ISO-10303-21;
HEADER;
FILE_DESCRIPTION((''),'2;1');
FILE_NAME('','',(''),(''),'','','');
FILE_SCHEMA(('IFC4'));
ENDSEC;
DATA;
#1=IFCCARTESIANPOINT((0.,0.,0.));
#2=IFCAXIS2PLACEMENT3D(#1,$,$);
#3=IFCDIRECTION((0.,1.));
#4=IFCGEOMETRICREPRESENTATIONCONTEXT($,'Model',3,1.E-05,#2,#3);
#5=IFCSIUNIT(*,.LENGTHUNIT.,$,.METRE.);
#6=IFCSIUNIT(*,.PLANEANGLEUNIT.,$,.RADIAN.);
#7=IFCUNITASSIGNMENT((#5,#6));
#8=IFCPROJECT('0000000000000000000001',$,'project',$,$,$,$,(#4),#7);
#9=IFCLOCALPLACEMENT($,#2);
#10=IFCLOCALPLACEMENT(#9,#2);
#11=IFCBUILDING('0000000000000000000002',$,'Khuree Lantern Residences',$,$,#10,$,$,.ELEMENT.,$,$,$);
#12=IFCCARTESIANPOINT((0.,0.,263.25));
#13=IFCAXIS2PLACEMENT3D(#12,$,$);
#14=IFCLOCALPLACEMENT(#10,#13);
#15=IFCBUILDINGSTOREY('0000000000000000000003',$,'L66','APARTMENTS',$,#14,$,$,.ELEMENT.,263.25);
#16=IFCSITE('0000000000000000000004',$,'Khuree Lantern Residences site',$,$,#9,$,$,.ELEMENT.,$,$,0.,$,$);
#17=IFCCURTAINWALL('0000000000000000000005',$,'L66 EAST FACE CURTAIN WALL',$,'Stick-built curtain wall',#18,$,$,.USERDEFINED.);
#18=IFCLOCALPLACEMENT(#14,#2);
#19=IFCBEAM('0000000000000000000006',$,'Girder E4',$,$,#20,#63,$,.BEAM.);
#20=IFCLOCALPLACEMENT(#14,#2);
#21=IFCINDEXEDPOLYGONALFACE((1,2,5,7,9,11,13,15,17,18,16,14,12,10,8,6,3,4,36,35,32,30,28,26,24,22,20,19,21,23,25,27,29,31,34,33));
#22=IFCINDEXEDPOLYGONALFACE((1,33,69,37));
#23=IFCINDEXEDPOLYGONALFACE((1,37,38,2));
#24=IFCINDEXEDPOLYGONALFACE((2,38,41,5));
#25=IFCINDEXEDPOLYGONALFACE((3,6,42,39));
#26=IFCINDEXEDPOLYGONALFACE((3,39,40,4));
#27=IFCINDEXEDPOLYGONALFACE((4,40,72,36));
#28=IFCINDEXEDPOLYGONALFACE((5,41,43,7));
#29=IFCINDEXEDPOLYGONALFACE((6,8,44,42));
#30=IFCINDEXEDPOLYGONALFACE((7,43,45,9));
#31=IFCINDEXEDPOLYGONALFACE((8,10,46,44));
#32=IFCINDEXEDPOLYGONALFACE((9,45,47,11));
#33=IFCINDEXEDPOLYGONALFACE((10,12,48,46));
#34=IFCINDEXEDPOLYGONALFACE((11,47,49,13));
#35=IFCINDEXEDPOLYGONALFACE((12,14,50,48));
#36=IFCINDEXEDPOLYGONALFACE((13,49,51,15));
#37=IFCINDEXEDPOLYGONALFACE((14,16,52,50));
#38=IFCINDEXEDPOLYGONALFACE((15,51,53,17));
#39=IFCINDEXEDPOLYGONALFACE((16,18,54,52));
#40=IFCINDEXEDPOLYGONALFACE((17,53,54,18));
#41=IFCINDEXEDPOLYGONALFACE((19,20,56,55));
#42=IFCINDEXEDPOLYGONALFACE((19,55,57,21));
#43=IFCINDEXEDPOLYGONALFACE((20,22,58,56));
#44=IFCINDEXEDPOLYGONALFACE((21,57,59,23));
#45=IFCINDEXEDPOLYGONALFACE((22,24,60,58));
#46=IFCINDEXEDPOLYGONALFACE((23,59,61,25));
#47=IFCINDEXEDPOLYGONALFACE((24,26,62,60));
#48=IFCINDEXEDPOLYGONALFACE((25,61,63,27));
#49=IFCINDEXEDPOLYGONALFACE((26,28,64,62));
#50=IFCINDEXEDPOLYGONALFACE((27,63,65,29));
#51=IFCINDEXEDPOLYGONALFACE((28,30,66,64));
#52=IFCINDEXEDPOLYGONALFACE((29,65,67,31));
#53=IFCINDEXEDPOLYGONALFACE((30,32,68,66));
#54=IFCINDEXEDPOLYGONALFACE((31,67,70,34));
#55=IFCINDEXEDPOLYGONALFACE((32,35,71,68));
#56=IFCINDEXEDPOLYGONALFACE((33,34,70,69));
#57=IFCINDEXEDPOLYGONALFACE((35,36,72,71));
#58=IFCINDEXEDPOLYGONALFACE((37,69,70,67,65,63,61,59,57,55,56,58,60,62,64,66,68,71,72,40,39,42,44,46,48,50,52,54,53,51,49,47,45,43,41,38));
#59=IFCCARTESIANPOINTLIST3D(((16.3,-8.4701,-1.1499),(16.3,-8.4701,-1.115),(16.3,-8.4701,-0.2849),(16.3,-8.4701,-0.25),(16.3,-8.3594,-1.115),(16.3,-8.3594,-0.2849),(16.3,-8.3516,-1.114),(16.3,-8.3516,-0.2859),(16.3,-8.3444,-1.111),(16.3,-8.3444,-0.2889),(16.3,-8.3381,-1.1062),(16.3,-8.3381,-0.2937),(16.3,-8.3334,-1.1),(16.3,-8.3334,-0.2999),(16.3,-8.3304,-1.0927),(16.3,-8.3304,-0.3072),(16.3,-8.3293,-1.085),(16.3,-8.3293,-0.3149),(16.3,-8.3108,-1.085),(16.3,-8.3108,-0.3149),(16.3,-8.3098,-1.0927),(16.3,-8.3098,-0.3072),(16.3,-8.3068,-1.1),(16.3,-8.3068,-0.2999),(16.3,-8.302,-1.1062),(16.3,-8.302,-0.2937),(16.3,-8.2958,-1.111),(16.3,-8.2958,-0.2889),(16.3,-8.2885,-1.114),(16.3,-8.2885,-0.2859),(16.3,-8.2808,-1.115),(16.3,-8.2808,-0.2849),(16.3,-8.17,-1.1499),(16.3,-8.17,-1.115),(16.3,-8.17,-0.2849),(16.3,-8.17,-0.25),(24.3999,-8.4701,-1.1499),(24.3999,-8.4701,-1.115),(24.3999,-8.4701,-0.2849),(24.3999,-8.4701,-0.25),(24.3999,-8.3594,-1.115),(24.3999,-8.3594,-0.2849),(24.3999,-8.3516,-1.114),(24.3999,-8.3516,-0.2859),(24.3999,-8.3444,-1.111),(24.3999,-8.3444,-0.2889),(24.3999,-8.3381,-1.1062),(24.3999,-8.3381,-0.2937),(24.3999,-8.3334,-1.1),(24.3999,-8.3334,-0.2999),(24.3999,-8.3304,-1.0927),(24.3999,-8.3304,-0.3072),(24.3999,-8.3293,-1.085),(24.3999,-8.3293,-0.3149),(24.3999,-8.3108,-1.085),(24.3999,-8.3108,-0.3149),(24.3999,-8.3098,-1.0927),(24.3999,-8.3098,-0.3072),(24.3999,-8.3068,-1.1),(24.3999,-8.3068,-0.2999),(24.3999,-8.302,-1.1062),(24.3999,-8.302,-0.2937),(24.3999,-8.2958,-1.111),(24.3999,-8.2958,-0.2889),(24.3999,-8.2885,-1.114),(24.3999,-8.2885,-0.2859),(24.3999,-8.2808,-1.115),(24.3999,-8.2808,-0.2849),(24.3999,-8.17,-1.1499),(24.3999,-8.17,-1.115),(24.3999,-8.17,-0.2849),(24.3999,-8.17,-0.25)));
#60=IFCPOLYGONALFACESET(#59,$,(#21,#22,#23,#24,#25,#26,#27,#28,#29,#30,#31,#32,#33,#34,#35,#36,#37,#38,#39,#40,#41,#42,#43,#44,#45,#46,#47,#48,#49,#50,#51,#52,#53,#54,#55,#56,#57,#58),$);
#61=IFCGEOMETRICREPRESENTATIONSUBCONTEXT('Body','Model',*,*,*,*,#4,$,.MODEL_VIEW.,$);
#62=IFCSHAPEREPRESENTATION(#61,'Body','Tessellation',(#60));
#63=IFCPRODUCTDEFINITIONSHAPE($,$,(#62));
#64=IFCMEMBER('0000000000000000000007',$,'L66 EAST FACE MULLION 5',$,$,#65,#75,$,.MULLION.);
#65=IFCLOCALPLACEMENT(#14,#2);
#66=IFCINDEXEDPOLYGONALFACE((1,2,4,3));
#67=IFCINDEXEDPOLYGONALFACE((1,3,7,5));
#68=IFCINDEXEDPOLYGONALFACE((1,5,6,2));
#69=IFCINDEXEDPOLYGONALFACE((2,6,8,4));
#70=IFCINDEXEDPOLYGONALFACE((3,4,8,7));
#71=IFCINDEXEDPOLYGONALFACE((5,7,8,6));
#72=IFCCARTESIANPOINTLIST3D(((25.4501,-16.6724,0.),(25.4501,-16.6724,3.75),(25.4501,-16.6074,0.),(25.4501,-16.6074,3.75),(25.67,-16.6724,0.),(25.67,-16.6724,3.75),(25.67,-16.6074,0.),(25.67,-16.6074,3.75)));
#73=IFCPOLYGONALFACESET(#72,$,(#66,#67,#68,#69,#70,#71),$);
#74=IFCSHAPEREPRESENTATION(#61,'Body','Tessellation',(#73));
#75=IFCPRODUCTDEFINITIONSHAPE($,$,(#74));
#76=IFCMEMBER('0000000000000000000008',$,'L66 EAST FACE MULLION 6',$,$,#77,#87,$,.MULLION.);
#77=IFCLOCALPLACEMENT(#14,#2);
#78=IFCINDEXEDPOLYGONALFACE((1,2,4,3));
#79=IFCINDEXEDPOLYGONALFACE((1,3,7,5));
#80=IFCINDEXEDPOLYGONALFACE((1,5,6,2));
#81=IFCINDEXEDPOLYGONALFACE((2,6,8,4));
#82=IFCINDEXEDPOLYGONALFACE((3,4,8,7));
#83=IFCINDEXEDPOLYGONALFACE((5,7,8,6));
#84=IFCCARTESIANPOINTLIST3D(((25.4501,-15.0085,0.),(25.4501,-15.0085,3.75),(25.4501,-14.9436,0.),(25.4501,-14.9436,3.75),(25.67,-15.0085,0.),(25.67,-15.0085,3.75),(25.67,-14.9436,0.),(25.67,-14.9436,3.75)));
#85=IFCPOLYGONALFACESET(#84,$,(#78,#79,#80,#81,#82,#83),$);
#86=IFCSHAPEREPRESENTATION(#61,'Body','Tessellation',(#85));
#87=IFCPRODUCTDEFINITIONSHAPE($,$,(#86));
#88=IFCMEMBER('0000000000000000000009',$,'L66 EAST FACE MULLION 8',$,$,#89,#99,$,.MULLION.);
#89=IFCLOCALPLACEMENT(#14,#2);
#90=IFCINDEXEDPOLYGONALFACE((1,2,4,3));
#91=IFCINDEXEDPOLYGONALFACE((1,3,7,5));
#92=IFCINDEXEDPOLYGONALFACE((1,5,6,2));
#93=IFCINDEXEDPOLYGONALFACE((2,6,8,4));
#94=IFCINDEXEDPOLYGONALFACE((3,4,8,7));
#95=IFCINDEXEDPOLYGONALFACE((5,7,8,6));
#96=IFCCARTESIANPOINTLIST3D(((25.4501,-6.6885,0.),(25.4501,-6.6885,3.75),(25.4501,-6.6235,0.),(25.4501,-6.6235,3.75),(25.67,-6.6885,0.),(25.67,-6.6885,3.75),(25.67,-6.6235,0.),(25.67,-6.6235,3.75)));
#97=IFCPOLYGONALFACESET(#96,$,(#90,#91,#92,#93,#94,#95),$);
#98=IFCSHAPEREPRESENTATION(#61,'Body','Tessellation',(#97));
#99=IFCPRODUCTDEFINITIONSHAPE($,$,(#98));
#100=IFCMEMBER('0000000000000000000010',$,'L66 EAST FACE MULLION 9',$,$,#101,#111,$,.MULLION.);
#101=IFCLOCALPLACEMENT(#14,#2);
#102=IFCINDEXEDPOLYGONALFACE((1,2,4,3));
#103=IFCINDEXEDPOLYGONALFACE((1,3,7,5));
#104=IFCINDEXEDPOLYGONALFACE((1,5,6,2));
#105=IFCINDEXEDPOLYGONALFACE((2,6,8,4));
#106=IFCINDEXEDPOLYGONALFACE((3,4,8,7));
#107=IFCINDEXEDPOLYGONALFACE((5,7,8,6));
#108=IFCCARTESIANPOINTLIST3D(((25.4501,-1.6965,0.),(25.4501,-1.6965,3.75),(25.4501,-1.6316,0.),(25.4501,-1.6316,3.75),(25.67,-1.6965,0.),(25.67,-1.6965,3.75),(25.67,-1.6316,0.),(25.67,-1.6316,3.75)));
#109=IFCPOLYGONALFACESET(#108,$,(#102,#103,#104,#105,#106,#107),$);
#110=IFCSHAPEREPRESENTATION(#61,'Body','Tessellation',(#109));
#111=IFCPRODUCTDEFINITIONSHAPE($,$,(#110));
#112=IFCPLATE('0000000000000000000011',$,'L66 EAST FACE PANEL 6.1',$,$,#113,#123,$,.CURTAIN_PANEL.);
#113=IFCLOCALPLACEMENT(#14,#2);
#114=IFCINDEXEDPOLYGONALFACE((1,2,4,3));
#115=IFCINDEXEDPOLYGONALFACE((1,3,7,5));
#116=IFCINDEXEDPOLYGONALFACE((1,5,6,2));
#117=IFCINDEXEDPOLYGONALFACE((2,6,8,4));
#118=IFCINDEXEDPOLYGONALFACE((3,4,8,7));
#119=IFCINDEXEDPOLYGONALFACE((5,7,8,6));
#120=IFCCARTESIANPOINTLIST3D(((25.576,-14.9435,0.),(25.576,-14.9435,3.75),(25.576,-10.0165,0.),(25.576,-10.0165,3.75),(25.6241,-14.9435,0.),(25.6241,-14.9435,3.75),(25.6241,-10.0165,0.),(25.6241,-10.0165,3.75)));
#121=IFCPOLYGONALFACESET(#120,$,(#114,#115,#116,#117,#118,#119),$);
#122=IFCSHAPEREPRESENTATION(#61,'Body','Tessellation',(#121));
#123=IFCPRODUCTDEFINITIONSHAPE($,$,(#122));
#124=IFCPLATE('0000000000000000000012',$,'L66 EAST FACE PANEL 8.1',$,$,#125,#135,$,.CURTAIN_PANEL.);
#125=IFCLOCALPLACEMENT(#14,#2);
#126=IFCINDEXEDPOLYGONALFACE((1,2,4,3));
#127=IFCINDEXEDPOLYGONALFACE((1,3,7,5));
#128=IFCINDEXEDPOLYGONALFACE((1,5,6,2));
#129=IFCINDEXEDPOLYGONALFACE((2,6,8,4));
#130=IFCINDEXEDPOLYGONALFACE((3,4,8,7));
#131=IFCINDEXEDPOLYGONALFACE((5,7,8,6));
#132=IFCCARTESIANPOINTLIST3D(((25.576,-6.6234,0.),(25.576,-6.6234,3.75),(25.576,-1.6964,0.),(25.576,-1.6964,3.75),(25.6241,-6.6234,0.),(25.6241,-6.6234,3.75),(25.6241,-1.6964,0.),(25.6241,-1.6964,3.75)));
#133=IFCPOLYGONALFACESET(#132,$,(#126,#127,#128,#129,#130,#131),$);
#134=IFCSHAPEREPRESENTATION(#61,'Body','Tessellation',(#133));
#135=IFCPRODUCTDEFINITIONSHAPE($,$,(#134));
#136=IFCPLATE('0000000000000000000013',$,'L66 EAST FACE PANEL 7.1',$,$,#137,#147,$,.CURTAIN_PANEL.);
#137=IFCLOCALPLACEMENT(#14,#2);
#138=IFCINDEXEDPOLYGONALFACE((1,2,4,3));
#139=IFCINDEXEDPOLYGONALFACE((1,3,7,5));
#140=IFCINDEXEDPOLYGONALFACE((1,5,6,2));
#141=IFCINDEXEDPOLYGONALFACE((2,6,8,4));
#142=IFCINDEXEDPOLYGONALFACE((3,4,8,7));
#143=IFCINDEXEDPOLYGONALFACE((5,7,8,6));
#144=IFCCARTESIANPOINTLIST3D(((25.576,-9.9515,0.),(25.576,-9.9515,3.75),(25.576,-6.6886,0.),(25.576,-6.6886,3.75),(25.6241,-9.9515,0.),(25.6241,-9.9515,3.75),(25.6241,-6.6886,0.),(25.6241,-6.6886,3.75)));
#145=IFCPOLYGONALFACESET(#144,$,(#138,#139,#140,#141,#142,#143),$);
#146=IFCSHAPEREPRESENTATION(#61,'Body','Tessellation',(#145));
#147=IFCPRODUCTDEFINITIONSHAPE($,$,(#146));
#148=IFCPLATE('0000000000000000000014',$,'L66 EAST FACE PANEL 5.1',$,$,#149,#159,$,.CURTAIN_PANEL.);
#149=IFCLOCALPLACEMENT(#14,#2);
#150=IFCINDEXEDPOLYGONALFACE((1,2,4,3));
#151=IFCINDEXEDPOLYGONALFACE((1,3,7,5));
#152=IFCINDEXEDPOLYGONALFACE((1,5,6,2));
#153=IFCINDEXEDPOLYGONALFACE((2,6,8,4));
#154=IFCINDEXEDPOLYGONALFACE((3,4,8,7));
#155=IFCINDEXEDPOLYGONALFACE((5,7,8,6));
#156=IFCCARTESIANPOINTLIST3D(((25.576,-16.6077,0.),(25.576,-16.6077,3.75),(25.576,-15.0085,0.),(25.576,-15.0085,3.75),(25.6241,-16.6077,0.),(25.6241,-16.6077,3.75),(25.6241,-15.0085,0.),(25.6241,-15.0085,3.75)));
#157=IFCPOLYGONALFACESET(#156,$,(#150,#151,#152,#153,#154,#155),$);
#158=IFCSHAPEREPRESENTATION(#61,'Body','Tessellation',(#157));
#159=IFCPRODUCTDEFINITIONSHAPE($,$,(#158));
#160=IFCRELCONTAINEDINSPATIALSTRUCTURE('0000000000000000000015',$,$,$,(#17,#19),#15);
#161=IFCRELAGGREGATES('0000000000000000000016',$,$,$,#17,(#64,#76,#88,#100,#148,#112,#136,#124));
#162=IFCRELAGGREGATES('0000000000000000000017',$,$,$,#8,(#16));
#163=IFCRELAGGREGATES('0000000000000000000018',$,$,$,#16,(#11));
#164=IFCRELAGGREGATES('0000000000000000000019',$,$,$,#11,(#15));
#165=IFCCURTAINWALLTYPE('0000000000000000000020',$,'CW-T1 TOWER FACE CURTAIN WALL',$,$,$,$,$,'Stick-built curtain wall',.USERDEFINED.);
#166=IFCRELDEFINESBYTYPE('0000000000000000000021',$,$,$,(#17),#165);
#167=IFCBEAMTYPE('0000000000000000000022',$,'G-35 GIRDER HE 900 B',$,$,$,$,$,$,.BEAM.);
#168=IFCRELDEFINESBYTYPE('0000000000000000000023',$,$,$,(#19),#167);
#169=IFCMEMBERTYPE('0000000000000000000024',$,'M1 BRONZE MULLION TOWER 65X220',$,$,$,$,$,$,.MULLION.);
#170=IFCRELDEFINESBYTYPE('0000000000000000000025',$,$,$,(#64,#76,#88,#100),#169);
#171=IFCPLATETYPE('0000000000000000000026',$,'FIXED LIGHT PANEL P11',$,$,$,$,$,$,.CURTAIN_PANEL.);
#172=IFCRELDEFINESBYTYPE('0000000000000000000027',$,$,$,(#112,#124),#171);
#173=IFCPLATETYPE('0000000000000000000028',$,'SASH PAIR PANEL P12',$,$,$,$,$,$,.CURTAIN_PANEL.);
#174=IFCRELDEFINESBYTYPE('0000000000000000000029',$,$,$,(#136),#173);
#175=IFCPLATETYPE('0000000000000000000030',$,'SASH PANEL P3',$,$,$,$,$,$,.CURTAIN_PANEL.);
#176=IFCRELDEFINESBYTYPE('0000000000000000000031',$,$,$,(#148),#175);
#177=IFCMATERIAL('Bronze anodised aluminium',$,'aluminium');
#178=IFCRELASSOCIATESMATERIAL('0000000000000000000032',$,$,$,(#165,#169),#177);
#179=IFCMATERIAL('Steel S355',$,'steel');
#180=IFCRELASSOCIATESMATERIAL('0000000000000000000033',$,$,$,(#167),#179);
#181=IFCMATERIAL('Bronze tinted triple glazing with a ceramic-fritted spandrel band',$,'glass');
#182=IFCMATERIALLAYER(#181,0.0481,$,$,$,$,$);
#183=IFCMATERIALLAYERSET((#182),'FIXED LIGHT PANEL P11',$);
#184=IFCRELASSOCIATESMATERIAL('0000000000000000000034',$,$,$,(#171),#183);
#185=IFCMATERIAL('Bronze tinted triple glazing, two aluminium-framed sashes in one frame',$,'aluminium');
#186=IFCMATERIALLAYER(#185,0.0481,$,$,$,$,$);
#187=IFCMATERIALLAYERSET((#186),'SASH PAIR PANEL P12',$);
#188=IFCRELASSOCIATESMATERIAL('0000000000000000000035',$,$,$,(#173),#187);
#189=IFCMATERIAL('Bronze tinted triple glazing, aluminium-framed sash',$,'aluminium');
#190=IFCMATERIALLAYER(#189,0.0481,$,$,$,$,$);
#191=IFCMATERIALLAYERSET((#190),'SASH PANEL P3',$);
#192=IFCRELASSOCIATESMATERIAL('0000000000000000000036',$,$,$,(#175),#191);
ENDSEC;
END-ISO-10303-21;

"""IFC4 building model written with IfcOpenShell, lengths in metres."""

from ifc_helpers import new_model, si_unit, direction, frame, origin, origin_2d, place, context, subcontext, project, spatial, rectangle, i_section, extrude, material, layer, layer_set, material_profile, profile_set, type_object, element, aggregate, save


model = new_model("IFC4")

# Units and contexts
model_context = context("Model", 3, precision=1e-05, world=origin(), true_north=direction((0.0, 1.0)))
body_context = subcontext(model_context, "Body", "Model", "MODEL_VIEW")
ifc_project = project(units=[si_unit("LENGTHUNIT", "METRE"), si_unit("PLANEANGLEUNIT", "RADIAN")], contexts=[model_context])

# Site, building, storey
site_placement = place(None, origin())
site = spatial("IfcSite", under=ifc_project, at=site_placement, Name="Khuree Lantern Residences site", CompositionType="ELEMENT", RefElevation=0.0)
building_placement = place(site_placement, origin())
building = spatial("IfcBuilding", under=site, at=building_placement, Name="Khuree Lantern Residences", CompositionType="ELEMENT")
storey_placement = place(building_placement, frame((0.0, 0.0, 263.25)))
storey = spatial("IfcBuildingStorey", under=building, at=storey_placement, Name="L66", Description="APARTMENTS", CompositionType="ELEMENT", Elevation=263.25)

# Shared definitions
ifc_material_1 = material(Name="Steel S355", Category="steel")

# Curtain wall
ifc_material_2 = material(Name="Bronze anodised aluminium", Category="aluminium")
curtain_wall_type = type_object("IfcCurtainWallType", Name="CW-T1 TOWER FACE CURTAIN WALL", ElementType="Stick-built curtain wall", PredefinedType="USERDEFINED", material=ifc_material_2)
curtain_wall_placement = place(storey_placement, origin())
curtain_wall = element("IfcCurtainWall", 1, at=curtain_wall_placement, inside=storey, type_object=curtain_wall_type, Name="L66 EAST FACE CURTAIN WALL", ObjectType="Stick-built curtain wall", PredefinedType="USERDEFINED")

# Beam
ifc_material_profile_1 = material_profile(ifc_material_1, i_section(OverallWidth=0.3, OverallDepth=0.8999, WebThickness=0.0186, FlangeThickness=0.0349, FilletRadius=0.03, at=origin_2d()), Name="HE 900 B")
ifc_profile_set_1 = profile_set([ifc_material_profile_1], Name="Steel S355")
beam_type_1 = type_object("IfcBeamType", Name="G-35 GIRDER HE 900 B", PredefinedType="BEAM", material=ifc_profile_set_1)
beam_1_placement = place(storey_placement, frame((24.3999, -8.3201, -0.7), z_axis=(-1.0, 0.0, 0.0), x_axis=(0.0, -1.0, 0.0)))
element("IfcBeam", 2, at=beam_1_placement, inside=storey, type_object=beam_type_1, Name="Girder E4", PredefinedType="BEAM", context=body_context, shape_type="SweptSolid", body=[
    extrude(i_section(OverallWidth=0.3, OverallDepth=0.8999, WebThickness=0.0186, FlangeThickness=0.0349, FilletRadius=0.03, at=origin_2d()), origin(), (0.0, 0.0, 1.0), 8.0999),
])

# Members
ifc_material_profile_2 = material_profile(ifc_material_2, rectangle(XDim=0.0649, YDim=0.22, at=origin_2d()), Name="M1 65X220")
ifc_profile_set_2 = profile_set([ifc_material_profile_2], Name="Bronze anodised aluminium")
member_type_1 = type_object("IfcMemberType", Name="M1 BRONZE MULLION TOWER 65X220", PredefinedType="MULLION", material=ifc_profile_set_2)
member_1_placement = place(storey_placement, frame((25.5601, -16.6399, 0.0), z_axis=(0.0, 0.0, 1.0), x_axis=(0.0, 1.0, 0.0)))
member_1 = element("IfcMember", 3, at=member_1_placement, type_object=member_type_1, Name="L66 EAST FACE MULLION 5", PredefinedType="MULLION", context=body_context, shape_type="SweptSolid", body=[
    extrude(rectangle(XDim=0.0649, YDim=0.22, at=origin_2d()), origin(), (0.0, 0.0, 1.0), 3.75),
])
member_2_placement = place(storey_placement, frame((25.5601, -14.9761, 0.0), z_axis=(0.0, 0.0, 1.0), x_axis=(0.0, 1.0, 0.0)))
member_2 = element("IfcMember", 4, at=member_2_placement, type_object=member_type_1, Name="L66 EAST FACE MULLION 6", PredefinedType="MULLION", context=body_context, shape_type="SweptSolid", body=[
    extrude(rectangle(XDim=0.0649, YDim=0.22, at=origin_2d()), origin(), (0.0, 0.0, 1.0), 3.75),
])
member_3_placement = place(storey_placement, frame((25.5601, -6.656, 0.0), z_axis=(0.0, 0.0, 1.0), x_axis=(0.0, 1.0, 0.0)))
member_3 = element("IfcMember", 5, at=member_3_placement, type_object=member_type_1, Name="L66 EAST FACE MULLION 8", PredefinedType="MULLION", context=body_context, shape_type="SweptSolid", body=[
    extrude(rectangle(XDim=0.0649, YDim=0.22, at=origin_2d()), origin(), (0.0, 0.0, 1.0), 3.75),
])
member_4_placement = place(storey_placement, frame((25.5601, -1.6641, 0.0), z_axis=(0.0, 0.0, 1.0), x_axis=(0.0, 1.0, 0.0)))
member_4 = element("IfcMember", 6, at=member_4_placement, type_object=member_type_1, Name="L66 EAST FACE MULLION 9", PredefinedType="MULLION", context=body_context, shape_type="SweptSolid", body=[
    extrude(rectangle(XDim=0.0649, YDim=0.22, at=origin_2d()), origin(), (0.0, 0.0, 1.0), 3.75),
])

# Plates
ifc_material_3 = material(Name="Bronze tinted triple glazing with a ceramic-fritted spandrel band", Category="glass")
ifc_layer_1 = layer(ifc_material_3, 0.0481)
ifc_layer_set_1 = layer_set([ifc_layer_1], Name="FIXED LIGHT PANEL P11")
plate_type_1 = type_object("IfcPlateType", Name="FIXED LIGHT PANEL P11", PredefinedType="CURTAIN_PANEL", material=ifc_layer_set_1)
plate_1_placement = place(storey_placement, frame((25.6001, -12.48, 0.0), z_axis=(0.0, 0.0, 1.0), x_axis=(0.0, 1.0, 0.0)))
plate_1 = element("IfcPlate", 7, at=plate_1_placement, type_object=plate_type_1, Name="L66 EAST FACE PANEL 6.1", PredefinedType="CURTAIN_PANEL", context=body_context, shape_type="SweptSolid", body=[
    extrude(rectangle(XDim=4.927, YDim=0.0481, at=origin_2d()), origin(), (0.0, 0.0, 1.0), 3.75),
])
plate_2_placement = place(storey_placement, frame((25.6001, -4.1599, 0.0), z_axis=(0.0, 0.0, 1.0), x_axis=(0.0, 1.0, 0.0)))
plate_2 = element("IfcPlate", 8, at=plate_2_placement, type_object=plate_type_1, Name="L66 EAST FACE PANEL 8.1", PredefinedType="CURTAIN_PANEL", context=body_context, shape_type="SweptSolid", body=[
    extrude(rectangle(XDim=4.927, YDim=0.0481, at=origin_2d()), origin(), (0.0, 0.0, 1.0), 3.75),
])
ifc_material_4 = material(Name="Bronze tinted triple glazing, two aluminium-framed sashes in one frame", Category="aluminium")
ifc_layer_2 = layer(ifc_material_4, 0.0481)
ifc_layer_set_2 = layer_set([ifc_layer_2], Name="SASH PAIR PANEL P12")
plate_type_2 = type_object("IfcPlateType", Name="SASH PAIR PANEL P12", PredefinedType="CURTAIN_PANEL", material=ifc_layer_set_2)
plate_3_placement = place(storey_placement, frame((25.6001, -8.3201, 0.0), z_axis=(0.0, 0.0, 1.0), x_axis=(0.0, 1.0, 0.0)))
plate_3 = element("IfcPlate", 9, at=plate_3_placement, type_object=plate_type_2, Name="L66 EAST FACE PANEL 7.1", PredefinedType="CURTAIN_PANEL", context=body_context, shape_type="SweptSolid", body=[
    extrude(rectangle(XDim=3.2629, YDim=0.0481, at=origin_2d()), origin(), (0.0, 0.0, 1.0), 3.75),
])
ifc_material_5 = material(Name="Bronze tinted triple glazing, aluminium-framed sash", Category="aluminium")
ifc_layer_3 = layer(ifc_material_5, 0.0481)
ifc_layer_set_3 = layer_set([ifc_layer_3], Name="SASH PANEL P3")
plate_type_3 = type_object("IfcPlateType", Name="SASH PANEL P3", PredefinedType="CURTAIN_PANEL", material=ifc_layer_set_3)
plate_4_placement = place(storey_placement, frame((25.6001, -15.8081, 0.0), z_axis=(0.0, 0.0, 1.0), x_axis=(0.0, 1.0, 0.0)))
plate_4 = element("IfcPlate", 10, at=plate_4_placement, type_object=plate_type_3, Name="L66 EAST FACE PANEL 5.1", PredefinedType="CURTAIN_PANEL", context=body_context, shape_type="SweptSolid", body=[
    extrude(rectangle(XDim=1.5991, YDim=0.0481, at=origin_2d()), origin(), (0.0, 0.0, 1.0), 3.75),
])
aggregate(curtain_wall, [member_1, member_2, member_3, member_4, plate_4, plate_1, plate_3, plate_2])

save(model, "model.ifc")
